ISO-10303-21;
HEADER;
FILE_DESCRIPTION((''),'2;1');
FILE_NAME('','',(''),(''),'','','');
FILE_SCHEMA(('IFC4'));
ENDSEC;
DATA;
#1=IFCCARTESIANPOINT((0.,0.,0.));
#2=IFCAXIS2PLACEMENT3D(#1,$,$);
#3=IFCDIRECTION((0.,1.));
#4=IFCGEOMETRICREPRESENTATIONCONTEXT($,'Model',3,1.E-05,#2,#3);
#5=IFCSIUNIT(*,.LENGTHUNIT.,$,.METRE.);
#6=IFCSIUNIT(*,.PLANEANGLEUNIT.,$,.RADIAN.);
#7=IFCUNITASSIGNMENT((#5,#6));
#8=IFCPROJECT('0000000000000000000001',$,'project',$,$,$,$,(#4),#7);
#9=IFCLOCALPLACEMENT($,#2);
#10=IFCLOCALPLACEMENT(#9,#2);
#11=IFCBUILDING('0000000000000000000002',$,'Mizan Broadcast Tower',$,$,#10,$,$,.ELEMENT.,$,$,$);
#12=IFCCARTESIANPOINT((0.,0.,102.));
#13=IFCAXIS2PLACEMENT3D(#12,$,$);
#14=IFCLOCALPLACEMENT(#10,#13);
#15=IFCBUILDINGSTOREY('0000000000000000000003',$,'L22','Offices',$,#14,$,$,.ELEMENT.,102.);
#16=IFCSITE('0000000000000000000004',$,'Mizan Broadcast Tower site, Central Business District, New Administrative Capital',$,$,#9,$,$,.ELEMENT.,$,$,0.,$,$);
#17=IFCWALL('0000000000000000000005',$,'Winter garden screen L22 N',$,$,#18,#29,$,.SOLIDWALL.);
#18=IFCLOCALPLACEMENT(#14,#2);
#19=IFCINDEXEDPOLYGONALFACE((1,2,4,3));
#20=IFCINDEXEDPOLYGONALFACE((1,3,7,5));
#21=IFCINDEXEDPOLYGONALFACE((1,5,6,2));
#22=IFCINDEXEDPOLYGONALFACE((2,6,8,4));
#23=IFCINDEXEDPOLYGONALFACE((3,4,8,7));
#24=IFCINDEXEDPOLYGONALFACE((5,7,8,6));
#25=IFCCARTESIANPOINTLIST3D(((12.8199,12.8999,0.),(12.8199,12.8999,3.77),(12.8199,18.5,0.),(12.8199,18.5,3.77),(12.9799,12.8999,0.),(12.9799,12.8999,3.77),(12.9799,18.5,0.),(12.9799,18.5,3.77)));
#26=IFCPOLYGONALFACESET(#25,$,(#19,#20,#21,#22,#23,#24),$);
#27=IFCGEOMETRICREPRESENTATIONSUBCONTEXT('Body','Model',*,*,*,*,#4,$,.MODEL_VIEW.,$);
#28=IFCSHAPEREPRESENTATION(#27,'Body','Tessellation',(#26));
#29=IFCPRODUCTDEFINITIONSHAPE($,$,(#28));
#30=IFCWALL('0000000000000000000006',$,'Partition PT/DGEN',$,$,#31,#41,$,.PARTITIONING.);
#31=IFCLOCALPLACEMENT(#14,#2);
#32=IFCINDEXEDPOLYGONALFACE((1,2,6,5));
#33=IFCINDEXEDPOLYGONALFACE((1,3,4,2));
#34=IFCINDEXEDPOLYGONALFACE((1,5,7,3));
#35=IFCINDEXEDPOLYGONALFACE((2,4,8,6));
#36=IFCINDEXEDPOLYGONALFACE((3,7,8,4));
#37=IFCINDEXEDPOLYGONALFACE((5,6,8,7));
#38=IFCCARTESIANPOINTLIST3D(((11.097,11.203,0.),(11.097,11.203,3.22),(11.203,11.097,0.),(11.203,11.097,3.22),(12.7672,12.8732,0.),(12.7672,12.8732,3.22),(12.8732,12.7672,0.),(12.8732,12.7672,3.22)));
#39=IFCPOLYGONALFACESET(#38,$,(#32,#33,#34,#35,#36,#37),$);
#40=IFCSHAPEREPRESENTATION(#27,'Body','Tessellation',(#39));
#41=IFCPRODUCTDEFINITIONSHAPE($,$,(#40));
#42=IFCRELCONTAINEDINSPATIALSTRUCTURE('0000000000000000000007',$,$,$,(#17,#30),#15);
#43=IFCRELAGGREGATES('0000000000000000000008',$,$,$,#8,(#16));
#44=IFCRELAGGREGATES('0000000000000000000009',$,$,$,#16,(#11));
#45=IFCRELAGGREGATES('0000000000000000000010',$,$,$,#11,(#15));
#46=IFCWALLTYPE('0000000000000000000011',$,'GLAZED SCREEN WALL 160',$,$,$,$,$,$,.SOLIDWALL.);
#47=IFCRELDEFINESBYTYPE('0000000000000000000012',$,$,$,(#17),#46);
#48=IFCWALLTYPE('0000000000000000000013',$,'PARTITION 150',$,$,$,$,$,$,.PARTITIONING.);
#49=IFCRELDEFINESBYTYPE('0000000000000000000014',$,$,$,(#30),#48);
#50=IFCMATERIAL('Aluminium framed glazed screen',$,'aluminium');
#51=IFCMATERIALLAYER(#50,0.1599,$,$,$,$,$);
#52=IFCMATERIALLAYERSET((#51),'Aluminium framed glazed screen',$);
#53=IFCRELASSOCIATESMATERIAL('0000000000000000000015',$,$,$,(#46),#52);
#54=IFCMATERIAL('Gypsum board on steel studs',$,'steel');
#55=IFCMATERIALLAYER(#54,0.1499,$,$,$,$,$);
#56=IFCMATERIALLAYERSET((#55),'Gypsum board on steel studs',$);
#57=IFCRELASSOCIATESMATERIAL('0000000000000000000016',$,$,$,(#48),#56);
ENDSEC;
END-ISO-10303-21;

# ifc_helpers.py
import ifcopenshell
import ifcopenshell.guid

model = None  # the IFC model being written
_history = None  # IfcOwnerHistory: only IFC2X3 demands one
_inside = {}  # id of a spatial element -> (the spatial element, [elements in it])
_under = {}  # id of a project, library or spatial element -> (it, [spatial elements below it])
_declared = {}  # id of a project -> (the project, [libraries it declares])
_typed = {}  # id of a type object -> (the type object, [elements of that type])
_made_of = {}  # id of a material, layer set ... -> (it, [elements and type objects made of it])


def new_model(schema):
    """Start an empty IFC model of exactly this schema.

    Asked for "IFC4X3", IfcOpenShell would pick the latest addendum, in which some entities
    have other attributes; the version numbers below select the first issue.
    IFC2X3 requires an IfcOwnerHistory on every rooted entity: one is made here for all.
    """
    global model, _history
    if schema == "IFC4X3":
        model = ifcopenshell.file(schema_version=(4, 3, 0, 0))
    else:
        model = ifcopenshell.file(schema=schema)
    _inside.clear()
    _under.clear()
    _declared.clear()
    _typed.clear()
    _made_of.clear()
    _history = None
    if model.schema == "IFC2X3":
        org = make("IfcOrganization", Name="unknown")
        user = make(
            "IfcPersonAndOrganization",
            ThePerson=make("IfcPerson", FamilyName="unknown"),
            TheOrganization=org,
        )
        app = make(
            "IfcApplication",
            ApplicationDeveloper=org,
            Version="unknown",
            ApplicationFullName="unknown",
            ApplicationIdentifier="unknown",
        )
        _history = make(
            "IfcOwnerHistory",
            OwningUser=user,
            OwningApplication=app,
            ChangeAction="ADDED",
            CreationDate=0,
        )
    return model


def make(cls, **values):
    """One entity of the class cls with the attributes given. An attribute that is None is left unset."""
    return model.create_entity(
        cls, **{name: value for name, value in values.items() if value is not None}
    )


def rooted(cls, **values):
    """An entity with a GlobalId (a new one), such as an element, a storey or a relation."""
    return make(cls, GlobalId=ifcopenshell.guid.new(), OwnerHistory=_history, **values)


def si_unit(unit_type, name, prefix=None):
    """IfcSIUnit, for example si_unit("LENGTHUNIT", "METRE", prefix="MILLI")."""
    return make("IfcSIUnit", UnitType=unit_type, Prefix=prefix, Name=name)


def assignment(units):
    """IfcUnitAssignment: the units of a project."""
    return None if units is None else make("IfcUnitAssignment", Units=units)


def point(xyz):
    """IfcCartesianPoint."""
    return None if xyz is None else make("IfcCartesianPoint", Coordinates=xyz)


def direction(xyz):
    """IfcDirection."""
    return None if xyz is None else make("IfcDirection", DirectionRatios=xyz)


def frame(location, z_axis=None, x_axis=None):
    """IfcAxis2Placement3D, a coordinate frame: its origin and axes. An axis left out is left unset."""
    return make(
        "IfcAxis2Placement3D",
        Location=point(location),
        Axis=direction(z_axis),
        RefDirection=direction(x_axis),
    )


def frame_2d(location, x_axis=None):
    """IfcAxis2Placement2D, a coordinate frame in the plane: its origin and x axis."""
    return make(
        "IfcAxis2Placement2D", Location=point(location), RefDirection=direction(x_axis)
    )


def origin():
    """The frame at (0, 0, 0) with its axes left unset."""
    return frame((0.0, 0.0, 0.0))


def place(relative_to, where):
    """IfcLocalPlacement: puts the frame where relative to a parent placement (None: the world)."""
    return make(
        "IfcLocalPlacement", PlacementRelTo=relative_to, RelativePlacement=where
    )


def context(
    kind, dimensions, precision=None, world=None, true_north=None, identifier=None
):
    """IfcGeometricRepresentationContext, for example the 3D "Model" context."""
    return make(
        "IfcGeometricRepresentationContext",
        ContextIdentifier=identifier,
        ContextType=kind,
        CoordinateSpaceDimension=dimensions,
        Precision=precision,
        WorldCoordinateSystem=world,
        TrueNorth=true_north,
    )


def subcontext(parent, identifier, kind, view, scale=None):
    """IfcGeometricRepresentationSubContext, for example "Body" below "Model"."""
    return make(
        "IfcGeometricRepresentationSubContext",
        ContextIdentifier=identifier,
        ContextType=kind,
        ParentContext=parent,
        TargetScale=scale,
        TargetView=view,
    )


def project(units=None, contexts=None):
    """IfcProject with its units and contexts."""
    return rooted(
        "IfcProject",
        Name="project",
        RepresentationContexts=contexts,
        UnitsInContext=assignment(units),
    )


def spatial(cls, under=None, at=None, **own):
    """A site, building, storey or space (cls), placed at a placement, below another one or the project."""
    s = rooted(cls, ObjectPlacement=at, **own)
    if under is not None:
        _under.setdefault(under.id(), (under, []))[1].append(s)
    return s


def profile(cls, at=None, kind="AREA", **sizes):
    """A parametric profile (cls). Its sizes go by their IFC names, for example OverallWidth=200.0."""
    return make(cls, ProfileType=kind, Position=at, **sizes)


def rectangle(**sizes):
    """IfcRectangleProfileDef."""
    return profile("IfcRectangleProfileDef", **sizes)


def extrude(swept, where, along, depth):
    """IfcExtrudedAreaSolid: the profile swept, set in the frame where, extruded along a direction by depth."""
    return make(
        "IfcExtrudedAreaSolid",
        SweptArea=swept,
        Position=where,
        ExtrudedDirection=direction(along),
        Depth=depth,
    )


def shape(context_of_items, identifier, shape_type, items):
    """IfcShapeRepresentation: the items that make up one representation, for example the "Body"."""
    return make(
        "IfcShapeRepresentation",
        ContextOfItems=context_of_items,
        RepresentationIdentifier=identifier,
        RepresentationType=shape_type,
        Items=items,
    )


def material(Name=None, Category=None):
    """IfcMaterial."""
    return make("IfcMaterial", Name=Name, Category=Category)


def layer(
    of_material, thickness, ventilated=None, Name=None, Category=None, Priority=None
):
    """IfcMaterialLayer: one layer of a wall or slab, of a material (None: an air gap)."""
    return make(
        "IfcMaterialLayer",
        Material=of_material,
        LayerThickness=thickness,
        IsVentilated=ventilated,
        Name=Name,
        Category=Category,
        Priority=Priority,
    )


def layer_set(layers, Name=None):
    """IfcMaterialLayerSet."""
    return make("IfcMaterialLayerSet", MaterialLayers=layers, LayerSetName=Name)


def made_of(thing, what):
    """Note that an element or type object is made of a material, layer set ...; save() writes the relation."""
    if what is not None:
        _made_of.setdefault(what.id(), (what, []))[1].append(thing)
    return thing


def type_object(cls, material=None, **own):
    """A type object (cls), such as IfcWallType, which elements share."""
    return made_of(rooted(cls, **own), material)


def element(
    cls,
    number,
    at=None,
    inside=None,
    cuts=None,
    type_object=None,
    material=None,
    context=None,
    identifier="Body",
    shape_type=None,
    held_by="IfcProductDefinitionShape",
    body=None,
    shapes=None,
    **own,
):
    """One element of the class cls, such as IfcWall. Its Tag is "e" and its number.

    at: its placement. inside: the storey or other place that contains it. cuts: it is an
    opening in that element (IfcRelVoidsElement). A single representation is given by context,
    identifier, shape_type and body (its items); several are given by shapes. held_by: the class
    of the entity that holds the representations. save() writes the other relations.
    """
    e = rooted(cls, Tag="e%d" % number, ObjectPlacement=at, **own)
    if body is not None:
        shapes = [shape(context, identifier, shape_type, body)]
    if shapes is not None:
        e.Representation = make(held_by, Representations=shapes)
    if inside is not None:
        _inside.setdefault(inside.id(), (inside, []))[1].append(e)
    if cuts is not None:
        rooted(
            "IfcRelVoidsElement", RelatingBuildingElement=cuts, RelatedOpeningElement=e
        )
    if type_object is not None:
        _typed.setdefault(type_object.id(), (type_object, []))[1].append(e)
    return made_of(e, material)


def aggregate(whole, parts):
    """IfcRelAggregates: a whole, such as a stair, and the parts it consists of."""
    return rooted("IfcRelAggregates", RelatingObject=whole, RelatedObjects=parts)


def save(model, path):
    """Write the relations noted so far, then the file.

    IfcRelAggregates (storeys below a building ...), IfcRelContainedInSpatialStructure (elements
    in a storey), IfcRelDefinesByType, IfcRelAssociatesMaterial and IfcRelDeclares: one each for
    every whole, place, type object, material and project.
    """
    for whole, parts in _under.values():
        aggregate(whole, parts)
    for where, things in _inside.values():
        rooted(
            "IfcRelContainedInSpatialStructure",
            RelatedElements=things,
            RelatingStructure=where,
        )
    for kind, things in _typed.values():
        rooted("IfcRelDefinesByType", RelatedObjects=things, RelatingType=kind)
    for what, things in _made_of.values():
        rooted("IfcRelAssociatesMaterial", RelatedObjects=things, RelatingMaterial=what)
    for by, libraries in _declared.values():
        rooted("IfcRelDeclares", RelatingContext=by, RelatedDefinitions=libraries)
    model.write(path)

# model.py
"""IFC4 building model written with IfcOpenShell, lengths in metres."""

from ifc_helpers import new_model, si_unit, direction, frame, frame_2d, origin, place, context, subcontext, project, spatial, rectangle, extrude, material, layer, layer_set, type_object, element, save


model = new_model("IFC4")

# Units and contexts
model_context = context("Model", 3, precision=1e-05, world=origin(), true_north=direction((0.0, 1.0)))
body_context = subcontext(model_context, "Body", "Model", "MODEL_VIEW")
ifc_project = project(units=[si_unit("LENGTHUNIT", "METRE"), si_unit("PLANEANGLEUNIT", "RADIAN")], contexts=[model_context])

# Site, building, storey
site_placement = place(None, origin())
site = spatial("IfcSite", under=ifc_project, at=site_placement, Name="Mizan Broadcast Tower site, Central Business District, New Administrative Capital", CompositionType="ELEMENT", RefElevation=0.0)
building_placement = place(site_placement, origin())
building = spatial("IfcBuilding", under=site, at=building_placement, Name="Mizan Broadcast Tower", CompositionType="ELEMENT")
storey_placement = place(building_placement, frame((0.0, 0.0, 102.0)))
storey = spatial("IfcBuildingStorey", under=building, at=storey_placement, Name="L22", Description="Offices", CompositionType="ELEMENT", Elevation=102.0)

# Walls
ifc_material_1 = material(Name="Aluminium framed glazed screen", Category="aluminium")
ifc_layer_1 = layer(ifc_material_1, 0.1599)
ifc_layer_set_1 = layer_set([ifc_layer_1], Name="Aluminium framed glazed screen")
wall_type_1 = type_object("IfcWallType", Name="GLAZED SCREEN WALL 160", PredefinedType="SOLIDWALL", material=ifc_layer_set_1)
wall_1_placement = place(storey_placement, frame((12.8999, 12.8999, 0.0), z_axis=(0.0, 0.0, 1.0), x_axis=(0.0, 1.0, 0.0)))
element("IfcWall", 1, at=wall_1_placement, inside=storey, type_object=wall_type_1, Name="Winter garden screen L22 N", PredefinedType="SOLIDWALL", context=body_context, shape_type="SweptSolid", body=[
    extrude(rectangle(XDim=5.6001, YDim=0.1599, at=frame_2d((2.8, 0.0))), origin(), (0.0, 0.0, 1.0), 3.77),
])
ifc_material_2 = material(Name="Gypsum board on steel studs", Category="steel")
ifc_layer_2 = layer(ifc_material_2, 0.1499)
ifc_layer_set_2 = layer_set([ifc_layer_2], Name="Gypsum board on steel studs")
wall_type_2 = type_object("IfcWallType", Name="PARTITION 150", PredefinedType="PARTITIONING", material=ifc_layer_set_2)
wall_2_placement = place(storey_placement, frame((11.1499, 11.1499, 0.0), z_axis=(0.0, 0.0, 1.0), x_axis=(0.707107, 0.707107, 0.0)))
element("IfcWall", 2, at=wall_2_placement, inside=storey, type_object=wall_type_2, Name="Partition PT/DGEN", PredefinedType="PARTITIONING", context=body_context, shape_type="SweptSolid", body=[
    extrude(rectangle(XDim=2.3621, YDim=0.1499, at=frame_2d((1.1812, 0.0))), origin(), (0.0, 0.0, 1.0), 3.22),
])

save(model, "model.ifc")
